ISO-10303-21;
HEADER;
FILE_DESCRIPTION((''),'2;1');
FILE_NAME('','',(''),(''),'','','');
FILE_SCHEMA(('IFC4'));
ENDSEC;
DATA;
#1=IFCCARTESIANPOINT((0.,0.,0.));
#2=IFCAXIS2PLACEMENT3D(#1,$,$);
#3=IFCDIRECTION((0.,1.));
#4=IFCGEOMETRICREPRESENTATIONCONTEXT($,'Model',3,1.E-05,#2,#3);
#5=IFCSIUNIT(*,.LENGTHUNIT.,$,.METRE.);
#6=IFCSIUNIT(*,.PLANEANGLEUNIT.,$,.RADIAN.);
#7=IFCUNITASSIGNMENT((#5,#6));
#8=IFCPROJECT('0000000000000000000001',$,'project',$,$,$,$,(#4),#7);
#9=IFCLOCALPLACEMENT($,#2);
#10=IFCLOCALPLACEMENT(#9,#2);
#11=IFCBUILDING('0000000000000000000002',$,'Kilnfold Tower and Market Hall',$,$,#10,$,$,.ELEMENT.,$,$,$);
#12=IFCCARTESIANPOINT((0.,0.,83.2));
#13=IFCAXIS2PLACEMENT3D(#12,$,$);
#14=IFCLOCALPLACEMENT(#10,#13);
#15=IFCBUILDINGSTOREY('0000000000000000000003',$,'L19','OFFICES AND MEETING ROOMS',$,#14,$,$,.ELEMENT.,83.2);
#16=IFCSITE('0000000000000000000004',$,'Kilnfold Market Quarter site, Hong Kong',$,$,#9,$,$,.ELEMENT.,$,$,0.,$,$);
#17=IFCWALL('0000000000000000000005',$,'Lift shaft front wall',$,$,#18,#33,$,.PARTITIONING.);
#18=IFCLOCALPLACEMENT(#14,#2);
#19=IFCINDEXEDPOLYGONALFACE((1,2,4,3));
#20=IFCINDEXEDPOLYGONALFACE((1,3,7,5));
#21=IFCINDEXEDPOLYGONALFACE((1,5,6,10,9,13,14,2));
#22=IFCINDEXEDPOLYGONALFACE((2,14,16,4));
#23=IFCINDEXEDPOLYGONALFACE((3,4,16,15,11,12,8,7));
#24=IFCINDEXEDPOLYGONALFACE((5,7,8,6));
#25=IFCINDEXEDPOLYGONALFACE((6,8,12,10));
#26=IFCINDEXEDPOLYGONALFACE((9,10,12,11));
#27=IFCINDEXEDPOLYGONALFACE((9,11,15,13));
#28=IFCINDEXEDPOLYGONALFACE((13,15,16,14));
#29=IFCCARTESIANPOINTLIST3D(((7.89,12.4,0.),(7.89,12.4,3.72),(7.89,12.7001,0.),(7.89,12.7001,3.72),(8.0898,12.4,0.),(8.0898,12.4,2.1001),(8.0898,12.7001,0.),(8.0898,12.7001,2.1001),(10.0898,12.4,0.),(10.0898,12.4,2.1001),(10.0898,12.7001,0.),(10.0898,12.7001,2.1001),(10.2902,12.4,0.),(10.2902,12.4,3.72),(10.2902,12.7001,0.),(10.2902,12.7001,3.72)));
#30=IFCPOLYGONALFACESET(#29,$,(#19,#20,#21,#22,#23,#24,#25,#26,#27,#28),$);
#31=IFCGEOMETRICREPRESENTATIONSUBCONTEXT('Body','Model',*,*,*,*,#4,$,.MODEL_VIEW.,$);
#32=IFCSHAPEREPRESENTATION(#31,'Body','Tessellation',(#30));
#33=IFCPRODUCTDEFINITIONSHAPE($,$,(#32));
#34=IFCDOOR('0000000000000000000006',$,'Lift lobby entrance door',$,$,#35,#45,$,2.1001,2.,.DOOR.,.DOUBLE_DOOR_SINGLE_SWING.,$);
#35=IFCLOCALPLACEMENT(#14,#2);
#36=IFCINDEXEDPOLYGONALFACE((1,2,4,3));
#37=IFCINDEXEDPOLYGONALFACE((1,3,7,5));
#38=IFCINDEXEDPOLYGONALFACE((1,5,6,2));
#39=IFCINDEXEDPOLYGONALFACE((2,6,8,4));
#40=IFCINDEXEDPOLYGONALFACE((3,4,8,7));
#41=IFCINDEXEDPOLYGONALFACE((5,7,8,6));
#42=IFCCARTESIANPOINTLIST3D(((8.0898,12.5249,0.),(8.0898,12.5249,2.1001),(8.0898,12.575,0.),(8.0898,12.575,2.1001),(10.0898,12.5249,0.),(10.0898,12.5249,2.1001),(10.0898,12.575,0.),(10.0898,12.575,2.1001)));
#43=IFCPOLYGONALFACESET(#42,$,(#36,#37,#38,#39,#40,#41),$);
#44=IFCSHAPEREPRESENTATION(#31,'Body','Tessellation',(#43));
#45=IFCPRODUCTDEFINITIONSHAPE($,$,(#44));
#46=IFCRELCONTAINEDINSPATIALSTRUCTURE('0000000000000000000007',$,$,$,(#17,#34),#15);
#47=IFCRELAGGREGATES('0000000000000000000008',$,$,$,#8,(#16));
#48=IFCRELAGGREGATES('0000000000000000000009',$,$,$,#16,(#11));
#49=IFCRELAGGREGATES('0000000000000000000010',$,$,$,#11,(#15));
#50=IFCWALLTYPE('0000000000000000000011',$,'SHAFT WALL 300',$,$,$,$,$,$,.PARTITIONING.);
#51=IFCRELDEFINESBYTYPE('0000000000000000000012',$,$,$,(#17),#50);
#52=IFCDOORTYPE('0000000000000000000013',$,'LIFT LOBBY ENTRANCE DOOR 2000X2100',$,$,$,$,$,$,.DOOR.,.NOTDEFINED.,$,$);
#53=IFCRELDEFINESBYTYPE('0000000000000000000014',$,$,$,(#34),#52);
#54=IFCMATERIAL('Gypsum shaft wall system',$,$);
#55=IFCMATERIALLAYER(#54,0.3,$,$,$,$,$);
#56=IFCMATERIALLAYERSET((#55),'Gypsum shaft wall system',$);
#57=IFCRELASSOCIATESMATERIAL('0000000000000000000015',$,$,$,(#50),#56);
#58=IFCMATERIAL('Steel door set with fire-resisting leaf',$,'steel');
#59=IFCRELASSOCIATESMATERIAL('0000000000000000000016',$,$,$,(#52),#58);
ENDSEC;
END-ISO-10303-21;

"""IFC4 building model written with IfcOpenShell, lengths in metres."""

from ifc_helpers import new_model, si_unit, direction, frame, frame_2d, origin, place, context, subcontext, project, spatial, rectangle, extrude, source, transform, mapped, material, layer, layer_set, type_object, element, fill, save


model = new_model("IFC4")

# Units and contexts
model_context = context("Model", 3, precision=1e-05, world=origin(), true_north=direction((0.0, 1.0)))
body_context = subcontext(model_context, "Body", "Model", "MODEL_VIEW")
ifc_project = project(units=[si_unit("LENGTHUNIT", "METRE"), si_unit("PLANEANGLEUNIT", "RADIAN")], contexts=[model_context])

# Site, building, storey
site_placement = place(None, origin())
site = spatial("IfcSite", under=ifc_project, at=site_placement, Name="Kilnfold Market Quarter site, Hong Kong", CompositionType="ELEMENT", RefElevation=0.0)
building_placement = place(site_placement, origin())
building = spatial("IfcBuilding", under=site, at=building_placement, Name="Kilnfold Tower and Market Hall", CompositionType="ELEMENT")
storey_placement = place(building_placement, frame((0.0, 0.0, 83.2)))
storey = spatial("IfcBuildingStorey", under=building, at=storey_placement, Name="L19", Description="OFFICES AND MEETING ROOMS", CompositionType="ELEMENT", Elevation=83.2)

# Shared definitions
ifc_material_1 = material(Name="Gypsum shaft wall system")
ifc_layer_1 = layer(ifc_material_1, 0.3)
ifc_layer_set_1 = layer_set([ifc_layer_1], Name="Gypsum shaft wall system")
wall_type_1 = type_object("IfcWallType", Name="SHAFT WALL 300", PredefinedType="PARTITIONING", material=ifc_layer_set_1)

# Wall, opening, door
shared_shape_1 = source(origin(), body_context, "Body", "SweptSolid", [
    extrude(rectangle(XDim=2.4001, YDim=0.3, at=frame_2d((1.2002, 0.0))), origin(), (0.0, 0.0, 1.0), 3.72),
])
wall_1_placement = place(storey_placement, frame((7.8899, 12.55, 0.0), z_axis=(0.0, 0.0, 1.0), x_axis=(1.0, 0.0, 0.0)))
wall_1 = element("IfcWall", 1, at=wall_1_placement, inside=storey, type_object=wall_type_1, Name="Lift shaft front wall", PredefinedType="PARTITIONING", context=body_context, shape_type="MappedRepresentation", body=[
    mapped(shared_shape_1, transform((0.0, 0.0, 0.0))),
])
opening_1_placement = place(wall_1_placement, frame((0.2, 0.0, 0.0)))
opening_1 = element("IfcOpeningElement", 2, at=opening_1_placement, cuts=wall_1, PredefinedType="OPENING", context=body_context, shape_type="SweptSolid", body=[
    extrude(rectangle(XDim=2.0, YDim=2.1001, at=frame_2d((1.0, 1.05))), frame((0.0, 0.1602, 0.0), z_axis=(0.0, -1.0, 0.0), x_axis=(1.0, 0.0, 0.0)), (0.0, 0.0, 1.0), 0.3201),
])
ifc_material_2 = material(Name="Steel door set with fire-resisting leaf", Category="steel")
door_type_1 = type_object("IfcDoorType", Name="LIFT LOBBY ENTRANCE DOOR 2000X2100", OperationType="NOTDEFINED", PredefinedType="DOOR", material=ifc_material_2)
door_1_placement = place(opening_1_placement, origin())
door_1 = element("IfcDoor", 3, at=door_1_placement, inside=storey, type_object=door_type_1, Name="Lift lobby entrance door", OperationType="DOUBLE_DOOR_SINGLE_SWING", OverallHeight=2.1001, OverallWidth=2.0, PredefinedType="DOOR", context=body_context, shape_type="SweptSolid", body=[
    extrude(rectangle(XDim=2.0, YDim=2.1001, at=frame_2d((1.0, 1.05))), frame((0.0, 0.0249, 0.0), z_axis=(0.0, -1.0, 0.0), x_axis=(1.0, 0.0, 0.0)), (0.0, 0.0, 1.0), 0.05),
])
fill(opening_1, door_1)

save(model, "model.ifc")
